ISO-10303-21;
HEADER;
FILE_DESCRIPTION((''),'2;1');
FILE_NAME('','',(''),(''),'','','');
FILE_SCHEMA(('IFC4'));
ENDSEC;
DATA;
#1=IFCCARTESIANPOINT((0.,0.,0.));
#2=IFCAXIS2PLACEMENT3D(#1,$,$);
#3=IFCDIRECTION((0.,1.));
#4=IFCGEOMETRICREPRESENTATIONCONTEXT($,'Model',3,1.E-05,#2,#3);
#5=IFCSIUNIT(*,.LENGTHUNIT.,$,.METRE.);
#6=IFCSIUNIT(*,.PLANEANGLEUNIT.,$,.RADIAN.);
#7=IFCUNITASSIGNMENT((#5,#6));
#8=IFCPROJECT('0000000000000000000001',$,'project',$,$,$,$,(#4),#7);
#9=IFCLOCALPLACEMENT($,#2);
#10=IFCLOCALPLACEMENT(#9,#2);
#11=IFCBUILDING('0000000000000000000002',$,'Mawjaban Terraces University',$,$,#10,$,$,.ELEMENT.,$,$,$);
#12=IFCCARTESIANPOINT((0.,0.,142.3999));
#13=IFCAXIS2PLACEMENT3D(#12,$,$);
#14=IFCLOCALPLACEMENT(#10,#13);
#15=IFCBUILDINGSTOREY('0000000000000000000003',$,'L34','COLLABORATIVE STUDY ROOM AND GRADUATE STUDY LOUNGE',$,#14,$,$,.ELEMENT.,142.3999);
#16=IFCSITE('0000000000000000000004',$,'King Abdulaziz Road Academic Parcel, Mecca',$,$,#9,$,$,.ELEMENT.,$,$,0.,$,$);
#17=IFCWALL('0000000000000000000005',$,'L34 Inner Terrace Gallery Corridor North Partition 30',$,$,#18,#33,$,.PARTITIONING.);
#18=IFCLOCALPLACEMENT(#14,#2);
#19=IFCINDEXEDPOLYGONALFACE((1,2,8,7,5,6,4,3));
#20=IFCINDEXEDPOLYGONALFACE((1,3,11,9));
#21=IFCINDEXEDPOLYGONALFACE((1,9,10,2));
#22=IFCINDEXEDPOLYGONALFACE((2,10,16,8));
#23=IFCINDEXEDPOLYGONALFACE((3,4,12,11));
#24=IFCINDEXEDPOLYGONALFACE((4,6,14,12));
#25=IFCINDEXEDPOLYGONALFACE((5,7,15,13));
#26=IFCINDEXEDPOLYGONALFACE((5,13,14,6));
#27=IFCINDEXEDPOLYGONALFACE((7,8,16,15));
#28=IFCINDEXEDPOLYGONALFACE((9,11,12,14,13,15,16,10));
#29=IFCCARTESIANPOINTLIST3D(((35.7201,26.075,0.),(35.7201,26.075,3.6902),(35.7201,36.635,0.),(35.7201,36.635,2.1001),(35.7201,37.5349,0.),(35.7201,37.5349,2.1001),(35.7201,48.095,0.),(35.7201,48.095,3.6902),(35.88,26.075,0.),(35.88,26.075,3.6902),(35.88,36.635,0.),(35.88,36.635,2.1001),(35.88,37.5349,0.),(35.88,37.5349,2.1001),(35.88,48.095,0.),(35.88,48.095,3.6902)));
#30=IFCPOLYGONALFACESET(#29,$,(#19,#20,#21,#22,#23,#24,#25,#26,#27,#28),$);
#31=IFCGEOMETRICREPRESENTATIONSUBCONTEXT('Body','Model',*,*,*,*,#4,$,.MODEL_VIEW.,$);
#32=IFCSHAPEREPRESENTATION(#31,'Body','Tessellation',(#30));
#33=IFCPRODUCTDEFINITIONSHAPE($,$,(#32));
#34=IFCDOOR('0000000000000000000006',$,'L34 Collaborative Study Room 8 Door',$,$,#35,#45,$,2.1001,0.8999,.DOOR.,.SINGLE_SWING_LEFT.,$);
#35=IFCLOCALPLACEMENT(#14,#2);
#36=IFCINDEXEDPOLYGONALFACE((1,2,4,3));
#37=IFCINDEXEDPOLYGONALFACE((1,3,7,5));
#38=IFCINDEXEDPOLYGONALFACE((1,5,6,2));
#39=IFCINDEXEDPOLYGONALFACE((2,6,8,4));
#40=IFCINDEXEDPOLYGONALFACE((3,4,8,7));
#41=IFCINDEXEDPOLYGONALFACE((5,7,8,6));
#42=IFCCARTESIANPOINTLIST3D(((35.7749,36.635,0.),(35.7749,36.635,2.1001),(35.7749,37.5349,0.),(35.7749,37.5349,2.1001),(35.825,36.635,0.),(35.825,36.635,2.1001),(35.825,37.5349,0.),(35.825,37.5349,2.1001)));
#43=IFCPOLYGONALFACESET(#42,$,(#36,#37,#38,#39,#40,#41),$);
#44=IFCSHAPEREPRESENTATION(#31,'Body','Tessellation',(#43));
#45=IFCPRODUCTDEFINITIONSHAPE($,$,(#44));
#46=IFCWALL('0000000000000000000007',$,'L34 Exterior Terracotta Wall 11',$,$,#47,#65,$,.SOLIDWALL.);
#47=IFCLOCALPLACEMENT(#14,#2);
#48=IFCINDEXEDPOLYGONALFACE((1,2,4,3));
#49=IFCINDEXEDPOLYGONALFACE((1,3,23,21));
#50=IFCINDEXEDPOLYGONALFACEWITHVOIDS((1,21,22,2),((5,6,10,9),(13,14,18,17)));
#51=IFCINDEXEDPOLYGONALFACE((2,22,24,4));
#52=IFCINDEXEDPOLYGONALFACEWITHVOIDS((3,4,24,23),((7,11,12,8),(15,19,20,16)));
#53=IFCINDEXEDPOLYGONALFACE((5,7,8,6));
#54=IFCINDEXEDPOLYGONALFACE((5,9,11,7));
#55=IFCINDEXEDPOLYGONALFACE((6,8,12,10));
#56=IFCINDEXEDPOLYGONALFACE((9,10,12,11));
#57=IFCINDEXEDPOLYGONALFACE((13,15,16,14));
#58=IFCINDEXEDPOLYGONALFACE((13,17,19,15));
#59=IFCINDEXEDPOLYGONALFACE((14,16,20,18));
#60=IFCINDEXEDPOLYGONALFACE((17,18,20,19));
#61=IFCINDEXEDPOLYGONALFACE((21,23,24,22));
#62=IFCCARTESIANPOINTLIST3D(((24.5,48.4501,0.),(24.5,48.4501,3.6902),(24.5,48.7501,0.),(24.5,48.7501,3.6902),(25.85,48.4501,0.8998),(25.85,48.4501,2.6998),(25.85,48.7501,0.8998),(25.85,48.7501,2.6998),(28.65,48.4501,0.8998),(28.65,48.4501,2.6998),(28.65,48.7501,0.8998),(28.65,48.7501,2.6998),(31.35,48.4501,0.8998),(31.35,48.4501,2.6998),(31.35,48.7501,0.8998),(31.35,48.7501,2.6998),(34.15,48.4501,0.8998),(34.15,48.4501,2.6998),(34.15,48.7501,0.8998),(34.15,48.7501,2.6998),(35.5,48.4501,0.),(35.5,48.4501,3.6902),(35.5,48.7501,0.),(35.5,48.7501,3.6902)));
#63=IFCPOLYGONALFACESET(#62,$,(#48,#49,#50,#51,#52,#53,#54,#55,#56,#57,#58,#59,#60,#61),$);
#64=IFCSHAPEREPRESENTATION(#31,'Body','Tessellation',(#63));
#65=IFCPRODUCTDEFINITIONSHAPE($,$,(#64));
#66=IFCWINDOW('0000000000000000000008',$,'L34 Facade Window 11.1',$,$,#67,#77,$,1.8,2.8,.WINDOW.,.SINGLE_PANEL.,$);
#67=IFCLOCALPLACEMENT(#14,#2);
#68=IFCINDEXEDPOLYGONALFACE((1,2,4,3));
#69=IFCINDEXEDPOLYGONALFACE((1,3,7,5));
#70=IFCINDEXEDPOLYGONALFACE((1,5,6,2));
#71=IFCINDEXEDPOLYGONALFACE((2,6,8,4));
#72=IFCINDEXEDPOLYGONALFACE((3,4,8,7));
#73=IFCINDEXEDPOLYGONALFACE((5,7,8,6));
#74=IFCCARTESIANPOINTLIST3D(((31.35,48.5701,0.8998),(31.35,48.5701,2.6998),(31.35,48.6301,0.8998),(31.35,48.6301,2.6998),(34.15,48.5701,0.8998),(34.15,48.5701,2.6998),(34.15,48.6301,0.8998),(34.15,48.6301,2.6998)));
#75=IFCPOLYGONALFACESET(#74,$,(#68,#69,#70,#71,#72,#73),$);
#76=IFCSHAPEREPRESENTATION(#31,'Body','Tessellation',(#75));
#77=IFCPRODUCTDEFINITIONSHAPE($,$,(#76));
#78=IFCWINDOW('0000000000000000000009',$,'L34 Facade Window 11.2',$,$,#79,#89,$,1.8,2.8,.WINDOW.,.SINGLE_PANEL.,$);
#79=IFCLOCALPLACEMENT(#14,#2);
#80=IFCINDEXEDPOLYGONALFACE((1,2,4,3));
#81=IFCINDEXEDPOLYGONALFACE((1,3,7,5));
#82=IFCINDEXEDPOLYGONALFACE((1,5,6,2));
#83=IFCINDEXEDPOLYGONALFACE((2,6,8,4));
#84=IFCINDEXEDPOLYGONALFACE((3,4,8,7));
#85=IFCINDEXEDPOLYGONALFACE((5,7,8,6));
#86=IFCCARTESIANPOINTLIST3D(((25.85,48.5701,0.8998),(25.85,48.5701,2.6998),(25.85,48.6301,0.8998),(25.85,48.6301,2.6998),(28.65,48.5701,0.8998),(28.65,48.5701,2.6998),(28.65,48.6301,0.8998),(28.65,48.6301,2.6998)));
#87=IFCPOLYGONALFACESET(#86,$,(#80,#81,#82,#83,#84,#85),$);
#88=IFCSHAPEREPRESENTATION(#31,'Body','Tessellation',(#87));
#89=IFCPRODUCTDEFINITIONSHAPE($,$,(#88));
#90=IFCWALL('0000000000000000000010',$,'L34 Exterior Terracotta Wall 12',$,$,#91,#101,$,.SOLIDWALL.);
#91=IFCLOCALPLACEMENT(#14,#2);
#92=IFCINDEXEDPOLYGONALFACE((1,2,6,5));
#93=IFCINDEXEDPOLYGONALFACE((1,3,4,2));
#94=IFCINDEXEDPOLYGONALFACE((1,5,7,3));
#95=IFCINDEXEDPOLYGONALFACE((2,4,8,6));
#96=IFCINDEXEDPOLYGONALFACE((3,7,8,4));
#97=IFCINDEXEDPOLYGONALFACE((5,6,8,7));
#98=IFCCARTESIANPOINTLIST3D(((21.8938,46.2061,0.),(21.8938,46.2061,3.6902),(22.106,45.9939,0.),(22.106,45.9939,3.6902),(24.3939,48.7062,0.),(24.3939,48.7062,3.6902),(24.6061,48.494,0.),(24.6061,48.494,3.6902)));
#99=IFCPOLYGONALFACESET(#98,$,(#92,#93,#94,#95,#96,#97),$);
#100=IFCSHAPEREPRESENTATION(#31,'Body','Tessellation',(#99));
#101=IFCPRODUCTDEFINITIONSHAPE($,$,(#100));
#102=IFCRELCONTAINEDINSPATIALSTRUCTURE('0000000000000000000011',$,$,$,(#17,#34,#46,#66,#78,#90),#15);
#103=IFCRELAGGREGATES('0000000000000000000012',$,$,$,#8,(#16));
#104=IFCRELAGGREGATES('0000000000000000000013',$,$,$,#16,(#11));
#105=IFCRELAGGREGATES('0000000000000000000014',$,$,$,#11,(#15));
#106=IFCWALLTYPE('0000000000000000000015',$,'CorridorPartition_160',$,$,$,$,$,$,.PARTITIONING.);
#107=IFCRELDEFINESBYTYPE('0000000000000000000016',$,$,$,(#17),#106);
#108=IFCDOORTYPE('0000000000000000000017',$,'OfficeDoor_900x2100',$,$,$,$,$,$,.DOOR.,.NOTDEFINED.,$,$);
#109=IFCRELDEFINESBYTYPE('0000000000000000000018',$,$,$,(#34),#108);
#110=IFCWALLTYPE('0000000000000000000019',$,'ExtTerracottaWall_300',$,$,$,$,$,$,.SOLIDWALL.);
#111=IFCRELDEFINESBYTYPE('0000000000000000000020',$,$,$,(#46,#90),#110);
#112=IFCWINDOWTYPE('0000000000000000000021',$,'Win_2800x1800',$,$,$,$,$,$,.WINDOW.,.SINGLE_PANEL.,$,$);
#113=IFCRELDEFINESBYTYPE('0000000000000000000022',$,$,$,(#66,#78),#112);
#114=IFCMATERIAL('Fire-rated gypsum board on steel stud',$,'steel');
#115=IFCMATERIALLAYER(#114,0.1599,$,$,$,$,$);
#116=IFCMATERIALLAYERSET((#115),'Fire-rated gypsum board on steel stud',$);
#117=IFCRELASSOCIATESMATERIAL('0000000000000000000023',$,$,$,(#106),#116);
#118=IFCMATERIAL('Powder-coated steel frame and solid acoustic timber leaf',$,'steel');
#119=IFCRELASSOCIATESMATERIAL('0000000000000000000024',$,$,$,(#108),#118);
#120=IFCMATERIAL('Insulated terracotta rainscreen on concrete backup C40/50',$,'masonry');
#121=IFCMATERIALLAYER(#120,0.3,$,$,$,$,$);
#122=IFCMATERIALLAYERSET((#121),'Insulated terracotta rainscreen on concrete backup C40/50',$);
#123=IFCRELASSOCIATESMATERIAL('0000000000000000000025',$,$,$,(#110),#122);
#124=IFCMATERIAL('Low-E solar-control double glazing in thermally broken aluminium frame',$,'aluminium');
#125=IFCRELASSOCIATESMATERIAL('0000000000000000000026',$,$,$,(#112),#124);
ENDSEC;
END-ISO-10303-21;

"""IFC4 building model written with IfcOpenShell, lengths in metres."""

from ifc_helpers import new_model, si_unit, direction, frame, frame_2d, origin, place, context, subcontext, project, spatial, rectangle, extrude, material, layer, layer_set, type_object, element, fill, save


model = new_model("IFC4")

# Units and contexts
model_context = context("Model", 3, precision=1e-05, world=origin(), true_north=direction((0.0, 1.0)))
body_context = subcontext(model_context, "Body", "Model", "MODEL_VIEW")
ifc_project = project(units=[si_unit("LENGTHUNIT", "METRE"), si_unit("PLANEANGLEUNIT", "RADIAN")], contexts=[model_context])

# Site, building, storey
site_placement = place(None, origin())
site = spatial("IfcSite", under=ifc_project, at=site_placement, Name="King Abdulaziz Road Academic Parcel, Mecca", CompositionType="ELEMENT", RefElevation=0.0)
building_placement = place(site_placement, origin())
building = spatial("IfcBuilding", under=site, at=building_placement, Name="Mawjaban Terraces University", CompositionType="ELEMENT")
storey_placement = place(building_placement, frame((0.0, 0.0, 142.3999)))
storey = spatial("IfcBuildingStorey", under=building, at=storey_placement, Name="L34", Description="COLLABORATIVE STUDY ROOM AND GRADUATE STUDY LOUNGE", CompositionType="ELEMENT", Elevation=142.3999)

# Wall, opening, door
ifc_material_1 = material(Name="Fire-rated gypsum board on steel stud", Category="steel")
ifc_layer_1 = layer(ifc_material_1, 0.1599)
ifc_layer_set_1 = layer_set([ifc_layer_1], Name="Fire-rated gypsum board on steel stud")
wall_type_1 = type_object("IfcWallType", Name="CorridorPartition_160", PredefinedType="PARTITIONING", material=ifc_layer_set_1)
wall_1_placement = place(storey_placement, frame((35.8, 48.095, 0.0), z_axis=(0.0, 0.0, 1.0), x_axis=(0.0, -1.0, 0.0)))
wall_1 = element("IfcWall", 1, at=wall_1_placement, inside=storey, type_object=wall_type_1, Name="L34 Inner Terrace Gallery Corridor North Partition 30", PredefinedType="PARTITIONING", context=body_context, shape_type="SweptSolid", body=[
    extrude(rectangle(XDim=22.02, YDim=0.1599, at=frame_2d((11.01, 0.0))), origin(), (0.0, 0.0, 1.0), 3.6902),
])
opening_1_placement = place(wall_1_placement, frame((10.5601, 0.0, 0.0)))
opening_1 = element("IfcOpeningElement", 2, at=opening_1_placement, cuts=wall_1, PredefinedType="OPENING", context=body_context, shape_type="SweptSolid", body=[
    extrude(rectangle(XDim=0.8999, YDim=2.1001, at=frame_2d((0.45, 1.05))), frame((0.0, 0.0898, 0.0), z_axis=(0.0, -1.0, 0.0), x_axis=(1.0, 0.0, 0.0)), (0.0, 0.0, 1.0), 0.1799),
])
ifc_material_2 = material(Name="Powder-coated steel frame and solid acoustic timber leaf", Category="steel")
door_type_1 = type_object("IfcDoorType", Name="OfficeDoor_900x2100", OperationType="NOTDEFINED", PredefinedType="DOOR", material=ifc_material_2)
door_1_placement = place(opening_1_placement, origin())
door_1 = element("IfcDoor", 3, at=door_1_placement, inside=storey, type_object=door_type_1, Name="L34 Collaborative Study Room 8 Door", OperationType="SINGLE_SWING_LEFT", OverallHeight=2.1001, OverallWidth=0.8999, PredefinedType="DOOR", context=body_context, shape_type="SweptSolid", body=[
    extrude(rectangle(XDim=0.8999, YDim=2.1001, at=frame_2d((0.45, 1.05))), frame((0.0, 0.0249, 0.0), z_axis=(0.0, -1.0, 0.0), x_axis=(1.0, 0.0, 0.0)), (0.0, 0.0, 1.0), 0.05),
])
fill(opening_1, door_1)

# Wall, openings, windows
ifc_material_3 = material(Name="Insulated terracotta rainscreen on concrete backup C40/50", Category="masonry")
ifc_layer_2 = layer(ifc_material_3, 0.3)
ifc_layer_set_2 = layer_set([ifc_layer_2], Name="Insulated terracotta rainscreen on concrete backup C40/50")
wall_type_2 = type_object("IfcWallType", Name="ExtTerracottaWall_300", PredefinedType="SOLIDWALL", material=ifc_layer_set_2)
wall_2_placement = place(storey_placement, frame((35.5, 48.6001, 0.0), z_axis=(0.0, 0.0, 1.0), x_axis=(-1.0, 0.0, 0.0)))
wall_2 = element("IfcWall", 4, at=wall_2_placement, inside=storey, type_object=wall_type_2, Name="L34 Exterior Terracotta Wall 11", PredefinedType="SOLIDWALL", context=body_context, shape_type="SweptSolid", body=[
    extrude(rectangle(XDim=11.0, YDim=0.3, at=frame_2d((5.5, 0.0))), origin(), (0.0, 0.0, 1.0), 3.6902),
])
opening_2_placement = place(wall_2_placement, frame((1.3501, 0.0, 0.8999)))
opening_2 = element("IfcOpeningElement", 5, at=opening_2_placement, cuts=wall_2, PredefinedType="OPENING", context=body_context, shape_type="SweptSolid", body=[
    extrude(rectangle(XDim=2.8, YDim=1.8, at=frame_2d((1.3999, 0.8999))), frame((0.0, 0.1599, 0.0), z_axis=(0.0, -1.0, 0.0), x_axis=(1.0, 0.0, 0.0)), (0.0, 0.0, 1.0), 0.3201),
])
opening_3_placement = place(wall_2_placement, frame((6.8501, 0.0, 0.8999)))
opening_3 = element("IfcOpeningElement", 6, at=opening_3_placement, cuts=wall_2, PredefinedType="OPENING", context=body_context, shape_type="SweptSolid", body=[
    extrude(rectangle(XDim=2.8, YDim=1.8, at=frame_2d((1.3999, 0.8999))), frame((0.0, 0.1599, 0.0), z_axis=(0.0, -1.0, 0.0), x_axis=(1.0, 0.0, 0.0)), (0.0, 0.0, 1.0), 0.3201),
])
ifc_material_4 = material(Name="Low-E solar-control double glazing in thermally broken aluminium frame", Category="aluminium")
window_type_1 = type_object("IfcWindowType", Name="Win_2800x1800", PartitioningType="SINGLE_PANEL", PredefinedType="WINDOW", material=ifc_material_4)
window_1_placement = place(opening_2_placement, origin())
window_1 = element("IfcWindow", 7, at=window_1_placement, inside=storey, type_object=window_type_1, Name="L34 Facade Window 11.1", OverallHeight=1.8, OverallWidth=2.8, PartitioningType="SINGLE_PANEL", PredefinedType="WINDOW", context=body_context, shape_type="SweptSolid", body=[
    extrude(rectangle(XDim=2.8, YDim=1.8, at=frame_2d((1.3999, 0.8999))), frame((0.0, 0.03, 0.0), z_axis=(0.0, -1.0, 0.0), x_axis=(1.0, 0.0, 0.0)), (0.0, 0.0, 1.0), 0.0601),
])
fill(opening_2, window_1)
window_2_placement = place(opening_3_placement, origin())
window_2 = element("IfcWindow", 8, at=window_2_placement, inside=storey, type_object=window_type_1, Name="L34 Facade Window 11.2", OverallHeight=1.8, OverallWidth=2.8, PartitioningType="SINGLE_PANEL", PredefinedType="WINDOW", context=body_context, shape_type="SweptSolid", body=[
    extrude(rectangle(XDim=2.8, YDim=1.8, at=frame_2d((1.3999, 0.8999))), frame((0.0, 0.03, 0.0), z_axis=(0.0, -1.0, 0.0), x_axis=(1.0, 0.0, 0.0)), (0.0, 0.0, 1.0), 0.0601),
])
fill(opening_3, window_2)

# Wall
wall_3_placement = place(storey_placement, frame((24.5, 48.6001, 0.0), z_axis=(0.0, 0.0, 1.0), x_axis=(-0.707107, -0.707107, 0.0)))
element("IfcWall", 9, at=wall_3_placement, inside=storey, type_object=wall_type_2, Name="L34 Exterior Terracotta Wall 12", PredefinedType="SOLIDWALL", context=body_context, shape_type="SweptSolid", body=[
    extrude(rectangle(XDim=3.5356, YDim=0.3, at=frame_2d((1.7678, 0.0))), origin(), (0.0, 0.0, 1.0), 3.6902),
])

save(model, "model.ifc")
